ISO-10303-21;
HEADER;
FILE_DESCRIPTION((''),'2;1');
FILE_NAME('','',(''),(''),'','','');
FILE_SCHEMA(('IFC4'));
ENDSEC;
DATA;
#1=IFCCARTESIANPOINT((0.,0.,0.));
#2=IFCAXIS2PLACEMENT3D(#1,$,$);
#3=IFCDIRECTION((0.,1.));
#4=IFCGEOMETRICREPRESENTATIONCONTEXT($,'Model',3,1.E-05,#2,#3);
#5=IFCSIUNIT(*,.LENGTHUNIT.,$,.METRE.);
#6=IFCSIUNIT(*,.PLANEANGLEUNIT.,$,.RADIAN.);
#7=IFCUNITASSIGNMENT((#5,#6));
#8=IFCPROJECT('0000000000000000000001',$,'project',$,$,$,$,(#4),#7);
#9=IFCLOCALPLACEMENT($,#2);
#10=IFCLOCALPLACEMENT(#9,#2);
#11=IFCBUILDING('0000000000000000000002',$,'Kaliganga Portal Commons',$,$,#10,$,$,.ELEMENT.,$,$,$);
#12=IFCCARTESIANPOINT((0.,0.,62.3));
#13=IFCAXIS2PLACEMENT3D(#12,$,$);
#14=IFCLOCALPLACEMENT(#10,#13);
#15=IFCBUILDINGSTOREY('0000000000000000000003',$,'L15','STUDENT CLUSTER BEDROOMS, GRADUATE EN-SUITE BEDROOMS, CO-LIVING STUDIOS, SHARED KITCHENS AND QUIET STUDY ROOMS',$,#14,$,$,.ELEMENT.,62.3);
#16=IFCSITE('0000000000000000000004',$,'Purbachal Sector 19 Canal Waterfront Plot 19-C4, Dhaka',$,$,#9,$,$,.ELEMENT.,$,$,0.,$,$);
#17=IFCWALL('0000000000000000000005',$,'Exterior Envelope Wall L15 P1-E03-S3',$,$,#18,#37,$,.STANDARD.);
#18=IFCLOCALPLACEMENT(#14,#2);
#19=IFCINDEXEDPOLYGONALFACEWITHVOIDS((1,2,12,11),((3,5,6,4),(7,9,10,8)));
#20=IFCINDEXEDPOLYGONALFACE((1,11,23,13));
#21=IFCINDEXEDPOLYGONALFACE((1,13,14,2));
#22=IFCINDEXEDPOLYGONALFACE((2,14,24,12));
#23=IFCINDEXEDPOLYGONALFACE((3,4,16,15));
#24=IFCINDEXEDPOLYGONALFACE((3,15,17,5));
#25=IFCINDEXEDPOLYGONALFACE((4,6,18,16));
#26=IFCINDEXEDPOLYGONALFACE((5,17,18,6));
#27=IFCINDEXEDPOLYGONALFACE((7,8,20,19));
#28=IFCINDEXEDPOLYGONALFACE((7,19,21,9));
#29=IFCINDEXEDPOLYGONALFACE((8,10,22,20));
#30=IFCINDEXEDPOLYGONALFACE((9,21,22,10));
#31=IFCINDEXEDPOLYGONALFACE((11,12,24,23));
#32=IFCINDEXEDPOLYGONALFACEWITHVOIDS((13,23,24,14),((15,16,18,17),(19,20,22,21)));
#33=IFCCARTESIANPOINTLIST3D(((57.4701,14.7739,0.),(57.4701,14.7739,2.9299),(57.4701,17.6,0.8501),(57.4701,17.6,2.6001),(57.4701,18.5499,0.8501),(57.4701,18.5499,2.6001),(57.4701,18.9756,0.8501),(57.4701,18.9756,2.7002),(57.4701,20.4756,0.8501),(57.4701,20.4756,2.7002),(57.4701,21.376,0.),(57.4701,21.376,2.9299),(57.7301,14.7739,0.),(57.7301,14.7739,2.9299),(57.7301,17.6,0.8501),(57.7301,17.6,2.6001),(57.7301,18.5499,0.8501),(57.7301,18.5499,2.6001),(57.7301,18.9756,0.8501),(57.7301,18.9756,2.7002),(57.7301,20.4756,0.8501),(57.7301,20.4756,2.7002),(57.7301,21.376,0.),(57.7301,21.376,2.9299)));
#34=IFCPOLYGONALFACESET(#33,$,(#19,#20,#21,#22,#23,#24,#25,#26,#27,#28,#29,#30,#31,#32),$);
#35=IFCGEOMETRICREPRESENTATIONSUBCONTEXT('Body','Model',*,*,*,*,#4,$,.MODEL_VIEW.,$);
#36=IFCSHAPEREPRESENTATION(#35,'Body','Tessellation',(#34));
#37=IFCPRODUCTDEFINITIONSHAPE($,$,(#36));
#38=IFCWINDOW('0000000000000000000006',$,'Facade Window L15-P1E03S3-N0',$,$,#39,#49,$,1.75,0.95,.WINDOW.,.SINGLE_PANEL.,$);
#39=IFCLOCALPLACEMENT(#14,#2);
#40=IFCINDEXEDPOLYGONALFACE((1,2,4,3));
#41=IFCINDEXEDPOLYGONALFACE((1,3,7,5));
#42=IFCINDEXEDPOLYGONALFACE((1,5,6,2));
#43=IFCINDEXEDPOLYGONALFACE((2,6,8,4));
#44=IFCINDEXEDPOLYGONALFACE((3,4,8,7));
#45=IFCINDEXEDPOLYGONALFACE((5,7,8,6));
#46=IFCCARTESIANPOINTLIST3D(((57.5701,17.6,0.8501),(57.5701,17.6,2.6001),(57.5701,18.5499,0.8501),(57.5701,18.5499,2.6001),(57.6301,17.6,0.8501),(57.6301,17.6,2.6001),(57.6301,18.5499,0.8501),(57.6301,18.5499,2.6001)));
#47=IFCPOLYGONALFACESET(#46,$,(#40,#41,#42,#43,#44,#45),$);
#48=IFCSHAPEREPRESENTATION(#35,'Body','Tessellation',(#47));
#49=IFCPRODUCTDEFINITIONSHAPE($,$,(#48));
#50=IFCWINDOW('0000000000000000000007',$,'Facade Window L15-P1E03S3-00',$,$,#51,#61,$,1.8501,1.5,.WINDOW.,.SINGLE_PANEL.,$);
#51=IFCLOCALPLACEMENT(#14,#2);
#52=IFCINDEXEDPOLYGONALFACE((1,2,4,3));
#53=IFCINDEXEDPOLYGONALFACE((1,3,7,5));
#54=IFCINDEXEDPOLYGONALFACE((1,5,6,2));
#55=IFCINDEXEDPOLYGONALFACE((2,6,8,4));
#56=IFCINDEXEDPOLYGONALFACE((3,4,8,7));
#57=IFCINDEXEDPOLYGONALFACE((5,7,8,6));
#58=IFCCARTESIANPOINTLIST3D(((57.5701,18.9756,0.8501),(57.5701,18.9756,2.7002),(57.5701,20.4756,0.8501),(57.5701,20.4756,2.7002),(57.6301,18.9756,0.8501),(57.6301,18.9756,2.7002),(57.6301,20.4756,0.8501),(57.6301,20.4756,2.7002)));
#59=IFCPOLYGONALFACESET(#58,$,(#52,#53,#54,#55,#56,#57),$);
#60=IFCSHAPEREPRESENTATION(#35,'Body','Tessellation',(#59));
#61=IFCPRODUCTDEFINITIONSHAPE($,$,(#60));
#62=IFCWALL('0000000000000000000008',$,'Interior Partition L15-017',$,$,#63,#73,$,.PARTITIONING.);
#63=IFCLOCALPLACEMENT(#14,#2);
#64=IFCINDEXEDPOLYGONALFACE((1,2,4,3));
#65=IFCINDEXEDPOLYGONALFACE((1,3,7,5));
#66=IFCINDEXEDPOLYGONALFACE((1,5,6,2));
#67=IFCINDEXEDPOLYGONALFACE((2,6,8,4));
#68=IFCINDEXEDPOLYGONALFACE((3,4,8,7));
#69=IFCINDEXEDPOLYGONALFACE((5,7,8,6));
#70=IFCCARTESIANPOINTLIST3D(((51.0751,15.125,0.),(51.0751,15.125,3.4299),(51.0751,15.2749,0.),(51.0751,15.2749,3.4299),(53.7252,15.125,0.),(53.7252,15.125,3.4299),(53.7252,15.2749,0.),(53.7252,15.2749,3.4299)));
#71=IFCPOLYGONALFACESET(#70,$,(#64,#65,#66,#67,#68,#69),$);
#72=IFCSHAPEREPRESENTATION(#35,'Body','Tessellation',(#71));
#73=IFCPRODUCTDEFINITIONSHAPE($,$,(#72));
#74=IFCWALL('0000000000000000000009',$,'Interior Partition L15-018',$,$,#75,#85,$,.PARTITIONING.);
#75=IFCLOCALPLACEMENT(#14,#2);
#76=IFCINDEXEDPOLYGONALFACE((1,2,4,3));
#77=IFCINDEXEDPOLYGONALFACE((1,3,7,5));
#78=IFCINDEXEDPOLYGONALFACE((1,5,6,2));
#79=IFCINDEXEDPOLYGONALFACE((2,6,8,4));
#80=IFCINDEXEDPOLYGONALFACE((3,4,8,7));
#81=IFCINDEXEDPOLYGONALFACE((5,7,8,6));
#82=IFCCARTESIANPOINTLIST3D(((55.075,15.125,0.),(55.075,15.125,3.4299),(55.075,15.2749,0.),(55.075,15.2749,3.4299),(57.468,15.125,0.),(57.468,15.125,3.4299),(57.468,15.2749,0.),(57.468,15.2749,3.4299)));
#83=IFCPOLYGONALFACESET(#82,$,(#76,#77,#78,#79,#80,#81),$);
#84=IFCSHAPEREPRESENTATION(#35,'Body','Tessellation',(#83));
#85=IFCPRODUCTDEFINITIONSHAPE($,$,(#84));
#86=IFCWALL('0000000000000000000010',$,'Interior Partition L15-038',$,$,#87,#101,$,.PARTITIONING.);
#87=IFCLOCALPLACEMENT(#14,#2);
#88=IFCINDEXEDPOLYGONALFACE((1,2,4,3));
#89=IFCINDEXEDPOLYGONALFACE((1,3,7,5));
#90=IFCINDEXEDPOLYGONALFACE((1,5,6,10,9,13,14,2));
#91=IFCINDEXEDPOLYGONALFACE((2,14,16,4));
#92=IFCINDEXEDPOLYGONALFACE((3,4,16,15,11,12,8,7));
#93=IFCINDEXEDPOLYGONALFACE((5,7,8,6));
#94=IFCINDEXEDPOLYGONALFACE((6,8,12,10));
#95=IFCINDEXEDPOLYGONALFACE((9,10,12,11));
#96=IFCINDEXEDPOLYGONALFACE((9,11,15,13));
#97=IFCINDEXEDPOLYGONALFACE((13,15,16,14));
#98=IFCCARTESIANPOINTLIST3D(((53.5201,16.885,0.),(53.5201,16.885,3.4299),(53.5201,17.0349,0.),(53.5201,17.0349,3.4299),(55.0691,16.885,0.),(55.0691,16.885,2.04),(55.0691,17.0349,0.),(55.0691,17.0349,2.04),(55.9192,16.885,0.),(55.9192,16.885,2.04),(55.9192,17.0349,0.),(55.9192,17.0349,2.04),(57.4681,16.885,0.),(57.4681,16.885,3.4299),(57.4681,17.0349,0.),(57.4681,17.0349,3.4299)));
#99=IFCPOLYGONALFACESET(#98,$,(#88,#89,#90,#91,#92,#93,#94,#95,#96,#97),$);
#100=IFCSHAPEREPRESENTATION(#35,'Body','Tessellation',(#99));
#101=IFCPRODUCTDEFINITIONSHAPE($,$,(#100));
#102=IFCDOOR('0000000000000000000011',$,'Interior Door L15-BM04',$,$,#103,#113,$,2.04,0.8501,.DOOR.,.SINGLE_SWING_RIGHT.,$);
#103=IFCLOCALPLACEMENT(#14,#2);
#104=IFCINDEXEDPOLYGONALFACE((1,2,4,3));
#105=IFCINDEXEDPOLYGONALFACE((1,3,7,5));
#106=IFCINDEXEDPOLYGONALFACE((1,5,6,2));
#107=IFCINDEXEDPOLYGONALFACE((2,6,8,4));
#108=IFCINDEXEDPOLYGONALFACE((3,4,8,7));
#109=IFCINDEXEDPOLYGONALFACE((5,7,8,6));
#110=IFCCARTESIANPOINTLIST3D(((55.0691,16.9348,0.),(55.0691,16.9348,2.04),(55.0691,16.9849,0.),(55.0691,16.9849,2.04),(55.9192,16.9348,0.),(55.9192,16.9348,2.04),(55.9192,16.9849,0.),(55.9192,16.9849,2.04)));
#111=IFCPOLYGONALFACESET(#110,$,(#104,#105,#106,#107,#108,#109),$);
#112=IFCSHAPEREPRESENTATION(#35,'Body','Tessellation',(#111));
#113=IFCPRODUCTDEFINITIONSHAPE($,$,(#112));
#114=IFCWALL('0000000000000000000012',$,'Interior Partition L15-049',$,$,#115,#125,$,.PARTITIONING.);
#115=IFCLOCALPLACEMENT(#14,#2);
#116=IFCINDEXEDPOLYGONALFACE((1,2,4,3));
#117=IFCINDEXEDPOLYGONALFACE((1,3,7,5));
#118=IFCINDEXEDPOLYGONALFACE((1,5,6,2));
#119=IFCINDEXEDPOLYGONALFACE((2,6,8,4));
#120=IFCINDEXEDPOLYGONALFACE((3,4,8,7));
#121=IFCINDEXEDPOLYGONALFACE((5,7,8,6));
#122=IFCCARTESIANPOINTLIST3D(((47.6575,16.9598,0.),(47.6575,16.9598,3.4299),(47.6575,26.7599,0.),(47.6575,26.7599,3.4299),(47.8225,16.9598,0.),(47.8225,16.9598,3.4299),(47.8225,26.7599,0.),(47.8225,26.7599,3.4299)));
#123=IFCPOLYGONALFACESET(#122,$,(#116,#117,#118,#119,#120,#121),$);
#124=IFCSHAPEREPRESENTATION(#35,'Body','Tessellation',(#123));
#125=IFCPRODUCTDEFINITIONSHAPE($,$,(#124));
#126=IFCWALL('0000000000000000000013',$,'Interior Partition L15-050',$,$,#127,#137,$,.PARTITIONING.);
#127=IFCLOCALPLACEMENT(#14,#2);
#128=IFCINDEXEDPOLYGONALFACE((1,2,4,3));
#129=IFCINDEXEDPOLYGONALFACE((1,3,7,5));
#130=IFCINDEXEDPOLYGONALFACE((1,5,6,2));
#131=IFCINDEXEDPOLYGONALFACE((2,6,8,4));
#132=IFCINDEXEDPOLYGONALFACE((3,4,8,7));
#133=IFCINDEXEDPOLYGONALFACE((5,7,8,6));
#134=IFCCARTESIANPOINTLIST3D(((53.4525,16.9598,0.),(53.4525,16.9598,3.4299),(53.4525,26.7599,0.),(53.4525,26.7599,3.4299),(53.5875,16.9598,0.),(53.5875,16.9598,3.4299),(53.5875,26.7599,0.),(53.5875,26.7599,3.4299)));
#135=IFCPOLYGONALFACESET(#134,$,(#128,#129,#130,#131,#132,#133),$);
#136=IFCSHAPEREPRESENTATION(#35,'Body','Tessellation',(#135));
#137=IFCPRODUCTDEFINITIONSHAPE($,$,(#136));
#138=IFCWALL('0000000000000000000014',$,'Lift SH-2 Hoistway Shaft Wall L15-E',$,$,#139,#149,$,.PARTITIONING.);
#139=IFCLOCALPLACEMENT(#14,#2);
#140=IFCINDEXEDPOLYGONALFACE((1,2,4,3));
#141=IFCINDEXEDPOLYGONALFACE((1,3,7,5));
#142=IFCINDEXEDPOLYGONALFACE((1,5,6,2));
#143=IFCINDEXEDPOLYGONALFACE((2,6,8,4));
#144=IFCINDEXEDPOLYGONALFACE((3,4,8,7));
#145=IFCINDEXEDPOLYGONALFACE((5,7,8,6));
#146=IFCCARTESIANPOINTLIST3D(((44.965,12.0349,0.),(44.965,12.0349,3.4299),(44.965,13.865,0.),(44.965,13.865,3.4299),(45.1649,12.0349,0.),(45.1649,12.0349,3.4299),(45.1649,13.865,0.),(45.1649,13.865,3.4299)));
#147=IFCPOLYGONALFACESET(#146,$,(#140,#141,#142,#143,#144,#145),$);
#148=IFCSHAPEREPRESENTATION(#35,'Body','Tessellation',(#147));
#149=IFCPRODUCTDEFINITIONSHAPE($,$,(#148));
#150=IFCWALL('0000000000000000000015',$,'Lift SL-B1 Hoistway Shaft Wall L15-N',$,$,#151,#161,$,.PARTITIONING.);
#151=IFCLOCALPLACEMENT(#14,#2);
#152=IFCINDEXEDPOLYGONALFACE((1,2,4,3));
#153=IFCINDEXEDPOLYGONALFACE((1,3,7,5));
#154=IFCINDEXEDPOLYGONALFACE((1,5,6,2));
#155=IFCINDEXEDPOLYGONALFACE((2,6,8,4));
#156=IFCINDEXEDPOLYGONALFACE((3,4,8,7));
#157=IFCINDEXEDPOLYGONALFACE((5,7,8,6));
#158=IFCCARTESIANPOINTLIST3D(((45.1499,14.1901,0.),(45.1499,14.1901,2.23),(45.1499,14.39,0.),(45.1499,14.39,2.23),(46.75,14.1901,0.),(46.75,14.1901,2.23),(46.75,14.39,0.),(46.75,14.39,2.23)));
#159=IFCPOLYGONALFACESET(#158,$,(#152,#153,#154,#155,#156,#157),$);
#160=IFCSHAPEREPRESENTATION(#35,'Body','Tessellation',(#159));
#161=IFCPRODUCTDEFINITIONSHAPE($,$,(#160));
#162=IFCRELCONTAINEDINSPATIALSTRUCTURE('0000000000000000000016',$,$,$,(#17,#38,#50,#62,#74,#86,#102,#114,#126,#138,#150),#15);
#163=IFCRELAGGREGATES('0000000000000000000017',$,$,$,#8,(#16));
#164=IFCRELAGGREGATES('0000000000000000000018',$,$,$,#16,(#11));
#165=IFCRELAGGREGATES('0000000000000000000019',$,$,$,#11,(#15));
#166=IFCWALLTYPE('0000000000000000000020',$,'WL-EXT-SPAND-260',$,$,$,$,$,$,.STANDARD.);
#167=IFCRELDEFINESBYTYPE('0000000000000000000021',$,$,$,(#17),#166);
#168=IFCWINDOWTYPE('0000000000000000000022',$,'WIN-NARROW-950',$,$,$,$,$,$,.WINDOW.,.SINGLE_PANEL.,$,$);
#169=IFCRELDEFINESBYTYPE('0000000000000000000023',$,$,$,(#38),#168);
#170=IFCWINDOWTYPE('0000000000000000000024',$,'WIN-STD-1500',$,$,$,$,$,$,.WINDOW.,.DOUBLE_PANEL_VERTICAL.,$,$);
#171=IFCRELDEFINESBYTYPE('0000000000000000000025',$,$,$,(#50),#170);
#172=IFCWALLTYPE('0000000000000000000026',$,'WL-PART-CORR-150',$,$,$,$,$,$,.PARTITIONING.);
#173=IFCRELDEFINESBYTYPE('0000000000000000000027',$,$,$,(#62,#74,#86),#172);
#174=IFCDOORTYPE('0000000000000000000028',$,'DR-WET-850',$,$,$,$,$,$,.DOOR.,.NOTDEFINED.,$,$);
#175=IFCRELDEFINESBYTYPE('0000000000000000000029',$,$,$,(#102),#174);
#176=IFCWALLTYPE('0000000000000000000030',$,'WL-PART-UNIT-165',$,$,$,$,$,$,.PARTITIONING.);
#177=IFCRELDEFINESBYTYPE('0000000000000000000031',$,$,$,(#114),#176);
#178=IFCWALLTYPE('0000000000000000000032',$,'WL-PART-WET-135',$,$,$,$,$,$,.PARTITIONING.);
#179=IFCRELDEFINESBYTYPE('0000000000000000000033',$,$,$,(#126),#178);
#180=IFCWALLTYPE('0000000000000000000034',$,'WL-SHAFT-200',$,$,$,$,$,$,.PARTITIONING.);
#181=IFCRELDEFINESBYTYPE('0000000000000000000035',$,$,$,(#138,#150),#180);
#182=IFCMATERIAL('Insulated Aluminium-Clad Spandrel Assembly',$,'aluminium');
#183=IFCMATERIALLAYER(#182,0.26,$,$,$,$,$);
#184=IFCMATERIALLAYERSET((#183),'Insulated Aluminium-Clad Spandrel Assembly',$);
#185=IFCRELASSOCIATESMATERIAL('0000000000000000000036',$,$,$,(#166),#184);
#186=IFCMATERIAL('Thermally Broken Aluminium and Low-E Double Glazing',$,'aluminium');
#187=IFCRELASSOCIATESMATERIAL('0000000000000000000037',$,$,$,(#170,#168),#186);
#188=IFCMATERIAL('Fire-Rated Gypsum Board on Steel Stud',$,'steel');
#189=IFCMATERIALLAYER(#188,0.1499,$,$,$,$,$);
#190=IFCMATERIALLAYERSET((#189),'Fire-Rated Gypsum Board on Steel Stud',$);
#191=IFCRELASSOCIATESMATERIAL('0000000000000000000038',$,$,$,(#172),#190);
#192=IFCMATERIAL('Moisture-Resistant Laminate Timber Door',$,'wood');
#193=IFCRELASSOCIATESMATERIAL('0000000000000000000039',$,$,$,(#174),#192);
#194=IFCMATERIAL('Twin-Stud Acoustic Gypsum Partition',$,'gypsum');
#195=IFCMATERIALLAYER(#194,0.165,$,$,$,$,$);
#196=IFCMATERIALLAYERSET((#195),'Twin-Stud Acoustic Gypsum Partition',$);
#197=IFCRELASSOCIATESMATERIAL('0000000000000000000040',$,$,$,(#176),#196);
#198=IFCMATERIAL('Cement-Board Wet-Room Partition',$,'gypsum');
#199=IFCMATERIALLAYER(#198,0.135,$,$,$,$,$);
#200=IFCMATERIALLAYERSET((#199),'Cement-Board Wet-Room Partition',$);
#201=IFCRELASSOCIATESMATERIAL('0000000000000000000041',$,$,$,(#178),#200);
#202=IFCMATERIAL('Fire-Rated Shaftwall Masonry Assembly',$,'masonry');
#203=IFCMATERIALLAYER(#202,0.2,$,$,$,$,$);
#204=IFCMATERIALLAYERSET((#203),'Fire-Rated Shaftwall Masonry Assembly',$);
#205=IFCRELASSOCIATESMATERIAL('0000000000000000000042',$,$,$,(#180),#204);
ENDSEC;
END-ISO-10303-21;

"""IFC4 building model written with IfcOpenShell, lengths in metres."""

from ifc_helpers import new_model, si_unit, direction, frame, frame_2d, origin, place, context, subcontext, project, spatial, rectangle, extrude, material, layer, layer_set, type_object, element, fill, save


model = new_model("IFC4")

# Units and contexts
model_context = context("Model", 3, precision=1e-05, world=origin(), true_north=direction((0.0, 1.0)))
body_context = subcontext(model_context, "Body", "Model", "MODEL_VIEW")
ifc_project = project(units=[si_unit("LENGTHUNIT", "METRE"), si_unit("PLANEANGLEUNIT", "RADIAN")], contexts=[model_context])

# Site, building, storey
site_placement = place(None, origin())
site = spatial("IfcSite", under=ifc_project, at=site_placement, Name="Purbachal Sector 19 Canal Waterfront Plot 19-C4, Dhaka", CompositionType="ELEMENT", RefElevation=0.0)
building_placement = place(site_placement, origin())
building = spatial("IfcBuilding", under=site, at=building_placement, Name="Kaliganga Portal Commons", CompositionType="ELEMENT")
storey_placement = place(building_placement, frame((0.0, 0.0, 62.3)))
storey = spatial("IfcBuildingStorey", under=building, at=storey_placement, Name="L15", Description="STUDENT CLUSTER BEDROOMS, GRADUATE EN-SUITE BEDROOMS, CO-LIVING STUDIOS, SHARED KITCHENS AND QUIET STUDY ROOMS", CompositionType="ELEMENT", Elevation=62.3)

# Shared definitions
ifc_material_1 = material(Name="Insulated Aluminium-Clad Spandrel Assembly", Category="aluminium")
ifc_layer_1 = layer(ifc_material_1, 0.26)
ifc_layer_set_1 = layer_set([ifc_layer_1], Name="Insulated Aluminium-Clad Spandrel Assembly")
wall_type_1 = type_object("IfcWallType", Name="WL-EXT-SPAND-260", PredefinedType="STANDARD", material=ifc_layer_set_1)
ifc_material_2 = material(Name="Thermally Broken Aluminium and Low-E Double Glazing", Category="aluminium")
window_type_1 = type_object("IfcWindowType", Name="WIN-STD-1500", PartitioningType="DOUBLE_PANEL_VERTICAL", PredefinedType="WINDOW", material=ifc_material_2)

# Wall, openings, windows
wall_1_placement = place(storey_placement, frame((57.6001, 21.376, 0.0), z_axis=(0.0, 0.0, 1.0), x_axis=(0.0, -1.0, 0.0)))
wall_1 = element("IfcWall", 1, at=wall_1_placement, inside=storey, type_object=wall_type_1, Name="Exterior Envelope Wall L15 P1-E03-S3", PredefinedType="STANDARD", context=body_context, shape_type="SweptSolid", body=[
    extrude(rectangle(XDim=6.6021, YDim=0.26, at=frame_2d((3.301, 0.0))), origin(), (0.0, 0.0, 1.0), 2.9299),
])
opening_1_placement = place(wall_1_placement, frame((0.9004, 0.0, 0.8501)))
opening_1 = element("IfcOpeningElement", 2, at=opening_1_placement, cuts=wall_1, PredefinedType="OPENING", context=body_context, shape_type="SweptSolid", body=[
    extrude(rectangle(XDim=1.5, YDim=1.8501, at=frame_2d((0.75, 0.925))), frame((0.0, 0.1401, 0.0), z_axis=(0.0, -1.0, 0.0), x_axis=(1.0, 0.0, 0.0)), (0.0, 0.0, 1.0), 0.28),
])
opening_2_placement = place(wall_1_placement, frame((2.8259, 0.0, 0.8501)))
opening_2 = element("IfcOpeningElement", 3, at=opening_2_placement, cuts=wall_1, PredefinedType="OPENING", context=body_context, shape_type="SweptSolid", body=[
    extrude(rectangle(XDim=0.95, YDim=1.75, at=frame_2d((0.4751, 0.875))), frame((0.0, 0.1401, 0.0), z_axis=(0.0, -1.0, 0.0), x_axis=(1.0, 0.0, 0.0)), (0.0, 0.0, 1.0), 0.28),
])
window_type_2 = type_object("IfcWindowType", Name="WIN-NARROW-950", PartitioningType="SINGLE_PANEL", PredefinedType="WINDOW", material=ifc_material_2)
window_1_placement = place(opening_2_placement, origin())
window_1 = element("IfcWindow", 4, at=window_1_placement, inside=storey, type_object=window_type_2, Name="Facade Window L15-P1E03S3-N0", OverallHeight=1.75, OverallWidth=0.95, PartitioningType="SINGLE_PANEL", PredefinedType="WINDOW", context=body_context, shape_type="SweptSolid", body=[
    extrude(rectangle(XDim=0.95, YDim=1.75, at=frame_2d((0.4751, 0.875))), frame((0.0, 0.03, 0.0), z_axis=(0.0, -1.0, 0.0), x_axis=(1.0, 0.0, 0.0)), (0.0, 0.0, 1.0), 0.0601),
])
fill(opening_2, window_1)
window_2_placement = place(opening_1_placement, origin())
window_2 = element("IfcWindow", 5, at=window_2_placement, inside=storey, type_object=window_type_1, Name="Facade Window L15-P1E03S3-00", OverallHeight=1.8501, OverallWidth=1.5, PartitioningType="SINGLE_PANEL", PredefinedType="WINDOW", context=body_context, shape_type="SweptSolid", body=[
    extrude(rectangle(XDim=1.5, YDim=1.8501, at=frame_2d((0.75, 0.925))), frame((0.0, 0.03, 0.0), z_axis=(0.0, -1.0, 0.0), x_axis=(1.0, 0.0, 0.0)), (0.0, 0.0, 1.0), 0.0601),
])
fill(opening_1, window_2)

# Walls
ifc_material_3 = material(Name="Fire-Rated Gypsum Board on Steel Stud", Category="steel")
ifc_layer_2 = layer(ifc_material_3, 0.1499)
ifc_layer_set_2 = layer_set([ifc_layer_2], Name="Fire-Rated Gypsum Board on Steel Stud")
wall_type_2 = type_object("IfcWallType", Name="WL-PART-CORR-150", PredefinedType="PARTITIONING", material=ifc_layer_set_2)
wall_2_placement = place(storey_placement, frame((51.075, 15.2, 0.0), z_axis=(0.0, 0.0, 1.0), x_axis=(1.0, 0.0, 0.0)))
element("IfcWall", 6, at=wall_2_placement, inside=storey, type_object=wall_type_2, Name="Interior Partition L15-017", PredefinedType="PARTITIONING", context=body_context, shape_type="SweptSolid", body=[
    extrude(rectangle(XDim=2.6501, YDim=0.1499, at=frame_2d((1.3252, 0.0))), origin(), (0.0, 0.0, 1.0), 3.4299),
])
wall_3_placement = place(storey_placement, frame((55.075, 15.2, 0.0), z_axis=(0.0, 0.0, 1.0), x_axis=(1.0, 0.0, 0.0)))
element("IfcWall", 7, at=wall_3_placement, inside=storey, type_object=wall_type_2, Name="Interior Partition L15-018", PredefinedType="PARTITIONING", context=body_context, shape_type="SweptSolid", body=[
    extrude(rectangle(XDim=2.3931, YDim=0.1499, at=frame_2d((1.1965, 0.0))), origin(), (0.0, 0.0, 1.0), 3.4299),
])

# Wall, opening, door
wall_4_placement = place(storey_placement, frame((53.52, 16.96, 0.0), z_axis=(0.0, 0.0, 1.0), x_axis=(1.0, 0.0, 0.0)))
wall_4 = element("IfcWall", 8, at=wall_4_placement, inside=storey, type_object=wall_type_2, Name="Interior Partition L15-038", PredefinedType="PARTITIONING", context=body_context, shape_type="SweptSolid", body=[
    extrude(rectangle(XDim=3.948, YDim=0.1499, at=frame_2d((1.9741, 0.0))), origin(), (0.0, 0.0, 1.0), 3.4299),
])
opening_3_placement = place(wall_4_placement, frame((1.5491, 0.0, 0.0)))
opening_3 = element("IfcOpeningElement", 9, at=opening_3_placement, cuts=wall_4, PredefinedType="OPENING", context=body_context, shape_type="SweptSolid", body=[
    extrude(rectangle(XDim=0.8501, YDim=2.04, at=frame_2d((0.425, 1.02))), frame((0.0, 0.085, 0.0), z_axis=(0.0, -1.0, 0.0), x_axis=(1.0, 0.0, 0.0)), (0.0, 0.0, 1.0), 0.1699),
])
ifc_material_4 = material(Name="Moisture-Resistant Laminate Timber Door", Category="wood")
door_type_1 = type_object("IfcDoorType", Name="DR-WET-850", OperationType="NOTDEFINED", PredefinedType="DOOR", material=ifc_material_4)
door_1_placement = place(opening_3_placement, origin())
door_1 = element("IfcDoor", 10, at=door_1_placement, inside=storey, type_object=door_type_1, Name="Interior Door L15-BM04", OperationType="SINGLE_SWING_RIGHT", OverallHeight=2.04, OverallWidth=0.8501, PredefinedType="DOOR", context=body_context, shape_type="SweptSolid", body=[
    extrude(rectangle(XDim=0.8501, YDim=2.04, at=frame_2d((0.425, 1.02))), frame((0.0, 0.0249, 0.0), z_axis=(0.0, -1.0, 0.0), x_axis=(1.0, 0.0, 0.0)), (0.0, 0.0, 1.0), 0.05),
])
fill(opening_3, door_1)

# Walls
ifc_material_5 = material(Name="Twin-Stud Acoustic Gypsum Partition", Category="gypsum")
ifc_layer_3 = layer(ifc_material_5, 0.165)
ifc_layer_set_3 = layer_set([ifc_layer_3], Name="Twin-Stud Acoustic Gypsum Partition")
wall_type_3 = type_object("IfcWallType", Name="WL-PART-UNIT-165", PredefinedType="PARTITIONING", material=ifc_layer_set_3)
wall_5_placement = place(storey_placement, frame((47.74, 16.96, 0.0), z_axis=(0.0, 0.0, 1.0), x_axis=(0.0, 1.0, 0.0)))
element("IfcWall", 11, at=wall_5_placement, inside=storey, type_object=wall_type_3, Name="Interior Partition L15-049", PredefinedType="PARTITIONING", context=body_context, shape_type="SweptSolid", body=[
    extrude(rectangle(XDim=9.8, YDim=0.165, at=frame_2d((4.8999, 0.0))), origin(), (0.0, 0.0, 1.0), 3.4299),
])
ifc_material_6 = material(Name="Cement-Board Wet-Room Partition", Category="gypsum")
ifc_layer_4 = layer(ifc_material_6, 0.135)
ifc_layer_set_4 = layer_set([ifc_layer_4], Name="Cement-Board Wet-Room Partition")
wall_type_4 = type_object("IfcWallType", Name="WL-PART-WET-135", PredefinedType="PARTITIONING", material=ifc_layer_set_4)
wall_6_placement = place(storey_placement, frame((53.52, 16.96, 0.0), z_axis=(0.0, 0.0, 1.0), x_axis=(0.0, 1.0, 0.0)))
element("IfcWall", 12, at=wall_6_placement, inside=storey, type_object=wall_type_4, Name="Interior Partition L15-050", PredefinedType="PARTITIONING", context=body_context, shape_type="SweptSolid", body=[
    extrude(rectangle(XDim=9.8, YDim=0.135, at=frame_2d((4.8999, 0.0))), origin(), (0.0, 0.0, 1.0), 3.4299),
])
ifc_material_7 = material(Name="Fire-Rated Shaftwall Masonry Assembly", Category="masonry")
ifc_layer_5 = layer(ifc_material_7, 0.2)
ifc_layer_set_5 = layer_set([ifc_layer_5], Name="Fire-Rated Shaftwall Masonry Assembly")
wall_type_5 = type_object("IfcWallType", Name="WL-SHAFT-200", PredefinedType="PARTITIONING", material=ifc_layer_set_5)
wall_7_placement = place(storey_placement, frame((45.0649, 12.0349, 0.0), z_axis=(0.0, 0.0, 1.0), x_axis=(0.0, 1.0, 0.0)))
element("IfcWall", 13, at=wall_7_placement, inside=storey, type_object=wall_type_5, Name="Lift SH-2 Hoistway Shaft Wall L15-E", PredefinedType="PARTITIONING", context=body_context, shape_type="SweptSolid", body=[
    extrude(rectangle(XDim=1.8301, YDim=0.2, at=frame_2d((0.915, 0.0))), origin(), (0.0, 0.0, 1.0), 3.4299),
])

# Wall
wall_8_placement = place(storey_placement, frame((45.1499, 14.29, 0.0), z_axis=(0.0, 0.0, 1.0), x_axis=(1.0, 0.0, 0.0)))
element("IfcWall", 14, at=wall_8_placement, inside=storey, type_object=wall_type_5, Name="Lift SL-B1 Hoistway Shaft Wall L15-N", PredefinedType="PARTITIONING", context=body_context, shape_type="SweptSolid", body=[
    extrude(rectangle(XDim=1.6001, YDim=0.2, at=frame_2d((0.8, 0.0))), origin(), (0.0, 0.0, 1.0), 2.23),
])

save(model, "model.ifc")
